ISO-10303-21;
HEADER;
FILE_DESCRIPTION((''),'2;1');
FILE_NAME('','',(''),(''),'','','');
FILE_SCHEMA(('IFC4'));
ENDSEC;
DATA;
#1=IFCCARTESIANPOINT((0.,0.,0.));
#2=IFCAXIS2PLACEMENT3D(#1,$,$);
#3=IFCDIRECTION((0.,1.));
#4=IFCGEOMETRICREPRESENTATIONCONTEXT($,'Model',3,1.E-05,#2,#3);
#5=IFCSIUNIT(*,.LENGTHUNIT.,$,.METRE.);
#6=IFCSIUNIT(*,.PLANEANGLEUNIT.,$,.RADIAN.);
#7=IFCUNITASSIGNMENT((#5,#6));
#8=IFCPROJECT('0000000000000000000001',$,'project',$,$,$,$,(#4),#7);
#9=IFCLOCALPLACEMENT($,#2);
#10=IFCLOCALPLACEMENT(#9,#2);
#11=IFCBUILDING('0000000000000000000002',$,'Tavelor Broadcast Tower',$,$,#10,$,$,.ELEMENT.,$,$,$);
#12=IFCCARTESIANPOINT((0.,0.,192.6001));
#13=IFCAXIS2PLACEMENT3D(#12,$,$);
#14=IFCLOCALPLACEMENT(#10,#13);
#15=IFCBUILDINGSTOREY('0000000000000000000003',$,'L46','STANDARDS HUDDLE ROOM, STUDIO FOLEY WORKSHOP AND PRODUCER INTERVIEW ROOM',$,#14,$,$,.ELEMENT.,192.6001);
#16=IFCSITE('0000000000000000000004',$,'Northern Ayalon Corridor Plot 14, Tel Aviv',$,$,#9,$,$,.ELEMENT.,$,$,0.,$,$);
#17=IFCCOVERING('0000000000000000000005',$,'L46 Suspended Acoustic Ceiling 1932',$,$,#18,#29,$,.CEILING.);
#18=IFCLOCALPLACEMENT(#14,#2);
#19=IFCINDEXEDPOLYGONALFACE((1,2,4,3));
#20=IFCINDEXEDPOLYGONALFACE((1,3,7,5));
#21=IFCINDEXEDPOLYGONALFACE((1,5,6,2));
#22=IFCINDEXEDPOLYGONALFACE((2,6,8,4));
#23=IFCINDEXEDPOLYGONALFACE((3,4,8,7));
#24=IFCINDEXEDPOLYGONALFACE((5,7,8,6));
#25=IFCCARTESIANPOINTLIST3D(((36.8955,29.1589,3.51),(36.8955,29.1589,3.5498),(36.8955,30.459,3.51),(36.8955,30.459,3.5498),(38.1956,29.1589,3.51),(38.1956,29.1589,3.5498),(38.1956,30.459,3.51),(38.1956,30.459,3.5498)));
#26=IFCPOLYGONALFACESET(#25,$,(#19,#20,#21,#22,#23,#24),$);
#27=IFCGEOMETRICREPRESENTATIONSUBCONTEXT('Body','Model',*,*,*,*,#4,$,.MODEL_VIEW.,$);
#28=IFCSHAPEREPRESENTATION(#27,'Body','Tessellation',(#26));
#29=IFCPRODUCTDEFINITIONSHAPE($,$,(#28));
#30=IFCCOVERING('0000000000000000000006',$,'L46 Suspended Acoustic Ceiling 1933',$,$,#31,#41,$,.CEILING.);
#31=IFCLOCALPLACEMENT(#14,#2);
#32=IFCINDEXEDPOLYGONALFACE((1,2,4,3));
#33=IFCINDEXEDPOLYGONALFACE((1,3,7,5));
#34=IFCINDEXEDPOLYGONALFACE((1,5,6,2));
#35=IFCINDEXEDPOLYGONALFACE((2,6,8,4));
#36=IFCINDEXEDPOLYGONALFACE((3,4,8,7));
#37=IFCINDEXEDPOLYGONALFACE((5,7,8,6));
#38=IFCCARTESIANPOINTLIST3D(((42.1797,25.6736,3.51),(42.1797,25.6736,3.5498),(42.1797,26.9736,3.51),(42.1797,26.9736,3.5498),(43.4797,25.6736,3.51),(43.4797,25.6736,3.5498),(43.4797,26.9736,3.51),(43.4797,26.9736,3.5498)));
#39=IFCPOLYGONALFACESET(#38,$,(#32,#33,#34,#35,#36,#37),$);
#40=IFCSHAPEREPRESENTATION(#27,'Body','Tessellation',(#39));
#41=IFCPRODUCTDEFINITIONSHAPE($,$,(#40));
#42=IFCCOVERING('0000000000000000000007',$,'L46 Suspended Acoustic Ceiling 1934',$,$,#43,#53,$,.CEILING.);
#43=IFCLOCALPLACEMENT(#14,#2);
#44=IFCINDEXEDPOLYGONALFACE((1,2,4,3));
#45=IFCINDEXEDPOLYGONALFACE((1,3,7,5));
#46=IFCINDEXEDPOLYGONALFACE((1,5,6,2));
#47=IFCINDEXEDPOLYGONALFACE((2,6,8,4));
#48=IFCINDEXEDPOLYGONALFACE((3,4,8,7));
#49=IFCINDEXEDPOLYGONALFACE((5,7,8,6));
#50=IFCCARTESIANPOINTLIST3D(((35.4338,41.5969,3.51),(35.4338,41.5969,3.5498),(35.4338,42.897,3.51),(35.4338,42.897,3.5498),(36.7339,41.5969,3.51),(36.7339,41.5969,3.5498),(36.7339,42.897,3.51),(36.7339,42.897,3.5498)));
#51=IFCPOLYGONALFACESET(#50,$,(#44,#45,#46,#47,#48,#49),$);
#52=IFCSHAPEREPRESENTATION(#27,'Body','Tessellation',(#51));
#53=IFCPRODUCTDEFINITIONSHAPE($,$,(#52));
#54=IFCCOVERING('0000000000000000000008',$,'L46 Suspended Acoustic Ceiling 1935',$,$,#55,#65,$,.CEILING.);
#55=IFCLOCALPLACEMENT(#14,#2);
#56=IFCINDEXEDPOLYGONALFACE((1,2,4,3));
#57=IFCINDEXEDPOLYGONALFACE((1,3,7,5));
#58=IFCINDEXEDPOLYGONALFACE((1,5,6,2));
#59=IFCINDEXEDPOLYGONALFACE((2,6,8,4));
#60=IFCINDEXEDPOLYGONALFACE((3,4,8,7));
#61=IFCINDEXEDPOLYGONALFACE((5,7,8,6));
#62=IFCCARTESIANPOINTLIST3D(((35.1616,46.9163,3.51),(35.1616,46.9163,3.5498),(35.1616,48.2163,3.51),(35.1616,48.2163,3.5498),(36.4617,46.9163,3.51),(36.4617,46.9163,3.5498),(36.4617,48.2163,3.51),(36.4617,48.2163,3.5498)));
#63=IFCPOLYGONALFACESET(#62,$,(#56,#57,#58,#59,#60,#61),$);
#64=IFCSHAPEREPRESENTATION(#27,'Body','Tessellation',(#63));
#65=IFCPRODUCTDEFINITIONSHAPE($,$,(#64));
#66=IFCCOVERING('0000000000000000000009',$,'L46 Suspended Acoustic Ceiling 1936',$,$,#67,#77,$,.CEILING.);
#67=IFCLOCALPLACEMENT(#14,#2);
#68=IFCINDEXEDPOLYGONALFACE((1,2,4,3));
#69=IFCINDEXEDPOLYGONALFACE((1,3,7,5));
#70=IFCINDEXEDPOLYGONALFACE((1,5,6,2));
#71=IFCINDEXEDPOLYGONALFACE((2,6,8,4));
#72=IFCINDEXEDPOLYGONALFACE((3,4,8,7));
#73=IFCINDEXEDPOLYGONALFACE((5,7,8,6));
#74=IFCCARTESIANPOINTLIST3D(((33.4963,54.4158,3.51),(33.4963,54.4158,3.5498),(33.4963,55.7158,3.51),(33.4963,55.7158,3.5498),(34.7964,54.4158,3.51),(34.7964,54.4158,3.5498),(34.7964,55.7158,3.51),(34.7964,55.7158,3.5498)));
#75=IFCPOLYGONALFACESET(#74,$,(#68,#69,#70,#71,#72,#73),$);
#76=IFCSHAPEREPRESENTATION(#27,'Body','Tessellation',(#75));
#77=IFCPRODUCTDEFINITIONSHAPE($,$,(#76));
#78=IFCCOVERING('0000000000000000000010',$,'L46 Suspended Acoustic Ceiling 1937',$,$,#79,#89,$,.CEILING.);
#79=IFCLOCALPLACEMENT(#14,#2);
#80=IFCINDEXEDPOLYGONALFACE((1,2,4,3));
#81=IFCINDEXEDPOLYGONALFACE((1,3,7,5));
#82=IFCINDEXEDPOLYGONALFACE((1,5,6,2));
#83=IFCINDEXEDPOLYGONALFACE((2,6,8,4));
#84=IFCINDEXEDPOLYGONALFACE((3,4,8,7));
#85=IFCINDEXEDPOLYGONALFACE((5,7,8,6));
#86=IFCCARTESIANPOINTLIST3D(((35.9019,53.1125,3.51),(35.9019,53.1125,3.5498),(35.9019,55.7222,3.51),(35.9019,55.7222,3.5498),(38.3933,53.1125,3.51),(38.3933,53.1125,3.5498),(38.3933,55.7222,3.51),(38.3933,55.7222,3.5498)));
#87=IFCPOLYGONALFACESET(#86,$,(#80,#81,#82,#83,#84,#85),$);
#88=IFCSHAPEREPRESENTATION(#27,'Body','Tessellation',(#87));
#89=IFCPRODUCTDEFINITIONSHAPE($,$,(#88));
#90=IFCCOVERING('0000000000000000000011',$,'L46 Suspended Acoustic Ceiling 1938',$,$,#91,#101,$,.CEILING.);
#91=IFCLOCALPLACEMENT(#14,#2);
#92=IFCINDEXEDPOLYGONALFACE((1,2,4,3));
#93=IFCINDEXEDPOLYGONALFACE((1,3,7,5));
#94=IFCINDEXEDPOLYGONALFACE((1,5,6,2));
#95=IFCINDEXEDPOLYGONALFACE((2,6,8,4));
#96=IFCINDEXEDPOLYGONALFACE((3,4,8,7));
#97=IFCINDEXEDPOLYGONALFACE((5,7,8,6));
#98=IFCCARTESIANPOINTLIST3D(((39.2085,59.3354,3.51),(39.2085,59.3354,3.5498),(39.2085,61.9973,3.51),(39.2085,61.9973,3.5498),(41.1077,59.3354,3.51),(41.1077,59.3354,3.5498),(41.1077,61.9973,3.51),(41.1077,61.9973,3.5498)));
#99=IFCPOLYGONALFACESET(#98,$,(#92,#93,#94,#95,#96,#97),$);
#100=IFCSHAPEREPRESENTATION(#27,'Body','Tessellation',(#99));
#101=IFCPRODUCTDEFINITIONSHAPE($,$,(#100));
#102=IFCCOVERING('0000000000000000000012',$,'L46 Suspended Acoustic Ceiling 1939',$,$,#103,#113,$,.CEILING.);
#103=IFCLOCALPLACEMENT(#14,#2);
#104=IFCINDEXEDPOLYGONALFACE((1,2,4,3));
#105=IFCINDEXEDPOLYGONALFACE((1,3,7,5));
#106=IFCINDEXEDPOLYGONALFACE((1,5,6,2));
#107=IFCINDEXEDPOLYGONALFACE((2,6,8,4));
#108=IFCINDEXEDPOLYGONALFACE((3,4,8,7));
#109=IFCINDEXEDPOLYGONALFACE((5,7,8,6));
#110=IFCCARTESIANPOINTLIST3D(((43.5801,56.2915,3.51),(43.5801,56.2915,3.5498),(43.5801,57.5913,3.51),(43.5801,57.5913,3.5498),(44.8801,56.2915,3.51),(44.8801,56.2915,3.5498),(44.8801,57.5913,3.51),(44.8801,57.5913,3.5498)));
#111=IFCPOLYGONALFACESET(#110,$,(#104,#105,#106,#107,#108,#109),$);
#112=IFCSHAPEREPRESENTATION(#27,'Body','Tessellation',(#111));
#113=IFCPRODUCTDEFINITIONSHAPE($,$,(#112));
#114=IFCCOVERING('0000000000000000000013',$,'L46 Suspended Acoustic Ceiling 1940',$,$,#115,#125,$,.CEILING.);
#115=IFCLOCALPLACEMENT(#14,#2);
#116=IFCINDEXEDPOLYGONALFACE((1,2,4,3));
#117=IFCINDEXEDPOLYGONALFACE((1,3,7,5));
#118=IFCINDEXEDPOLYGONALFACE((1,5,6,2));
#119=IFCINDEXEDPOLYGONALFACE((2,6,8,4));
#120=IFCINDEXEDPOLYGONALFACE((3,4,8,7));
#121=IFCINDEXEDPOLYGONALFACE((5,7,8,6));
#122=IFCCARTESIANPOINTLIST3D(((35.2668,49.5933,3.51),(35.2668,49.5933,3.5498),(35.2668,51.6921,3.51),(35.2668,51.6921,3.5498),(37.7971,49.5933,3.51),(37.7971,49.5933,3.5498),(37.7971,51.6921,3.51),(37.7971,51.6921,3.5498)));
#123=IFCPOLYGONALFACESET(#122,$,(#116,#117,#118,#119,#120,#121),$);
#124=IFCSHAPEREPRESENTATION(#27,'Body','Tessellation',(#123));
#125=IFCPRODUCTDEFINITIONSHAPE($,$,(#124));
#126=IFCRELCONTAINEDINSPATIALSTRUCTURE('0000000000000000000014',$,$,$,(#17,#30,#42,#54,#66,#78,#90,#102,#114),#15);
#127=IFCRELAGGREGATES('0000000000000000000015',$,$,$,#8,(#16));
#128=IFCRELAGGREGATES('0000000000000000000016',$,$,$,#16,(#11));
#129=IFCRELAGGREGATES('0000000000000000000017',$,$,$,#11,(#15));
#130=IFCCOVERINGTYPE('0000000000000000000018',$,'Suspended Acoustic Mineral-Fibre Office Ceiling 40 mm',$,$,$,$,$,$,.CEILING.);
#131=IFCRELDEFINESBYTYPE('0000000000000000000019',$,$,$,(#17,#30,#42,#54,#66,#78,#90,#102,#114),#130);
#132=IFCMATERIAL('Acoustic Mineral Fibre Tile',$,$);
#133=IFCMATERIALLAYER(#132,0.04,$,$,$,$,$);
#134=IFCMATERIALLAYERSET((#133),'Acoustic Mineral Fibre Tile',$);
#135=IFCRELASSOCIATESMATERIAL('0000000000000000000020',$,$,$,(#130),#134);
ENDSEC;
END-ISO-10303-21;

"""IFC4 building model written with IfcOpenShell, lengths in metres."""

from ifc_helpers import new_model, si_unit, direction, frame, origin, place, context, subcontext, project, spatial, polyline, outline, extrude, material, layer, layer_set, type_object, element, save


model = new_model("IFC4")

# Units and contexts
model_context = context("Model", 3, precision=1e-05, world=origin(), true_north=direction((0.0, 1.0)))
body_context = subcontext(model_context, "Body", "Model", "MODEL_VIEW")
ifc_project = project(units=[si_unit("LENGTHUNIT", "METRE"), si_unit("PLANEANGLEUNIT", "RADIAN")], contexts=[model_context])

# Site, building, storey
site_placement = place(None, origin())
site = spatial("IfcSite", under=ifc_project, at=site_placement, Name="Northern Ayalon Corridor Plot 14, Tel Aviv", CompositionType="ELEMENT", RefElevation=0.0)
building_placement = place(site_placement, origin())
building = spatial("IfcBuilding", under=site, at=building_placement, Name="Tavelor Broadcast Tower", CompositionType="ELEMENT")
storey_placement = place(building_placement, frame((0.0, 0.0, 192.6001)))
storey = spatial("IfcBuildingStorey", under=building, at=storey_placement, Name="L46", Description="STANDARDS HUDDLE ROOM, STUDIO FOLEY WORKSHOP AND PRODUCER INTERVIEW ROOM", CompositionType="ELEMENT", Elevation=192.6001)

# Coverings
ifc_material_1 = material(Name="Acoustic Mineral Fibre Tile")
ifc_layer_1 = layer(ifc_material_1, 0.04)
ifc_layer_set_1 = layer_set([ifc_layer_1], Name="Acoustic Mineral Fibre Tile")
covering_type_1 = type_object("IfcCoveringType", Name="Suspended Acoustic Mineral-Fibre Office Ceiling 40 mm", PredefinedType="CEILING", material=ifc_layer_set_1)
covering_1_placement = place(storey_placement, frame((0.0, 0.0, 3.51)))
element("IfcCovering", 1, at=covering_1_placement, inside=storey, type_object=covering_type_1, Name="L46 Suspended Acoustic Ceiling 1932", PredefinedType="CEILING", context=body_context, shape_type="SweptSolid", body=[
    extrude(outline(polyline([(36.8955, 29.1589), (38.1956, 29.1589), (38.1956, 30.459), (36.8955, 30.459), (36.8955, 29.1589)])), origin(), (0.0, 0.0, 1.0), 0.0398),
])
covering_2_placement = place(storey_placement, frame((0.0, 0.0, 3.51)))
element("IfcCovering", 2, at=covering_2_placement, inside=storey, type_object=covering_type_1, Name="L46 Suspended Acoustic Ceiling 1933", PredefinedType="CEILING", context=body_context, shape_type="SweptSolid", body=[
    extrude(outline(polyline([(42.1797, 25.6736), (43.4797, 25.6736), (43.4797, 26.9736), (42.1797, 26.9736), (42.1797, 25.6736)])), origin(), (0.0, 0.0, 1.0), 0.0398),
])
covering_3_placement = place(storey_placement, frame((0.0, 0.0, 3.51)))
element("IfcCovering", 3, at=covering_3_placement, inside=storey, type_object=covering_type_1, Name="L46 Suspended Acoustic Ceiling 1934", PredefinedType="CEILING", context=body_context, shape_type="SweptSolid", body=[
    extrude(outline(polyline([(35.4338, 41.5969), (36.7339, 41.5969), (36.7339, 42.897), (35.4338, 42.897), (35.4338, 41.5969)])), origin(), (0.0, 0.0, 1.0), 0.0398),
])
covering_4_placement = place(storey_placement, frame((0.0, 0.0, 3.51)))
element("IfcCovering", 4, at=covering_4_placement, inside=storey, type_object=covering_type_1, Name="L46 Suspended Acoustic Ceiling 1935", PredefinedType="CEILING", context=body_context, shape_type="SweptSolid", body=[
    extrude(outline(polyline([(35.1616, 46.9163), (36.4617, 46.9163), (36.4617, 48.2163), (35.1616, 48.2163), (35.1616, 46.9163)])), origin(), (0.0, 0.0, 1.0), 0.0398),
])
covering_5_placement = place(storey_placement, frame((0.0, 0.0, 3.51)))
element("IfcCovering", 5, at=covering_5_placement, inside=storey, type_object=covering_type_1, Name="L46 Suspended Acoustic Ceiling 1936", PredefinedType="CEILING", context=body_context, shape_type="SweptSolid", body=[
    extrude(outline(polyline([(33.4963, 54.4158), (34.7964, 54.4158), (34.7964, 55.7158), (33.4963, 55.7158), (33.4963, 54.4158)])), origin(), (0.0, 0.0, 1.0), 0.0398),
])
covering_6_placement = place(storey_placement, frame((0.0, 0.0, 3.51)))
element("IfcCovering", 6, at=covering_6_placement, inside=storey, type_object=covering_type_1, Name="L46 Suspended Acoustic Ceiling 1937", PredefinedType="CEILING", context=body_context, shape_type="SweptSolid", body=[
    extrude(outline(polyline([(35.9019, 53.1125), (38.3933, 53.1125), (38.3933, 55.7222), (35.9019, 55.7222), (35.9019, 53.1125)])), origin(), (0.0, 0.0, 1.0), 0.0398),
])
covering_7_placement = place(storey_placement, frame((0.0, 0.0, 3.51)))
element("IfcCovering", 7, at=covering_7_placement, inside=storey, type_object=covering_type_1, Name="L46 Suspended Acoustic Ceiling 1938", PredefinedType="CEILING", context=body_context, shape_type="SweptSolid", body=[
    extrude(outline(polyline([(39.2085, 59.3354), (41.1077, 59.3354), (41.1077, 61.9973), (39.2085, 61.9973), (39.2085, 59.3354)])), origin(), (0.0, 0.0, 1.0), 0.0398),
])
covering_8_placement = place(storey_placement, frame((0.0, 0.0, 3.51)))
element("IfcCovering", 8, at=covering_8_placement, inside=storey, type_object=covering_type_1, Name="L46 Suspended Acoustic Ceiling 1939", PredefinedType="CEILING", context=body_context, shape_type="SweptSolid", body=[
    extrude(outline(polyline([(43.5801, 56.2915), (44.8801, 56.2915), (44.8801, 57.5913), (43.5801, 57.5913), (43.5801, 56.2915)])), origin(), (0.0, 0.0, 1.0), 0.0398),
])
covering_9_placement = place(storey_placement, frame((0.0, 0.0, 3.51)))
element("IfcCovering", 9, at=covering_9_placement, inside=storey, type_object=covering_type_1, Name="L46 Suspended Acoustic Ceiling 1940", PredefinedType="CEILING", context=body_context, shape_type="SweptSolid", body=[
    extrude(outline(polyline([(35.2668, 49.5933), (37.7971, 49.5933), (37.7971, 51.6921), (35.2668, 51.6921), (35.2668, 49.5933)])), origin(), (0.0, 0.0, 1.0), 0.0398),
])

save(model, "model.ifc")
